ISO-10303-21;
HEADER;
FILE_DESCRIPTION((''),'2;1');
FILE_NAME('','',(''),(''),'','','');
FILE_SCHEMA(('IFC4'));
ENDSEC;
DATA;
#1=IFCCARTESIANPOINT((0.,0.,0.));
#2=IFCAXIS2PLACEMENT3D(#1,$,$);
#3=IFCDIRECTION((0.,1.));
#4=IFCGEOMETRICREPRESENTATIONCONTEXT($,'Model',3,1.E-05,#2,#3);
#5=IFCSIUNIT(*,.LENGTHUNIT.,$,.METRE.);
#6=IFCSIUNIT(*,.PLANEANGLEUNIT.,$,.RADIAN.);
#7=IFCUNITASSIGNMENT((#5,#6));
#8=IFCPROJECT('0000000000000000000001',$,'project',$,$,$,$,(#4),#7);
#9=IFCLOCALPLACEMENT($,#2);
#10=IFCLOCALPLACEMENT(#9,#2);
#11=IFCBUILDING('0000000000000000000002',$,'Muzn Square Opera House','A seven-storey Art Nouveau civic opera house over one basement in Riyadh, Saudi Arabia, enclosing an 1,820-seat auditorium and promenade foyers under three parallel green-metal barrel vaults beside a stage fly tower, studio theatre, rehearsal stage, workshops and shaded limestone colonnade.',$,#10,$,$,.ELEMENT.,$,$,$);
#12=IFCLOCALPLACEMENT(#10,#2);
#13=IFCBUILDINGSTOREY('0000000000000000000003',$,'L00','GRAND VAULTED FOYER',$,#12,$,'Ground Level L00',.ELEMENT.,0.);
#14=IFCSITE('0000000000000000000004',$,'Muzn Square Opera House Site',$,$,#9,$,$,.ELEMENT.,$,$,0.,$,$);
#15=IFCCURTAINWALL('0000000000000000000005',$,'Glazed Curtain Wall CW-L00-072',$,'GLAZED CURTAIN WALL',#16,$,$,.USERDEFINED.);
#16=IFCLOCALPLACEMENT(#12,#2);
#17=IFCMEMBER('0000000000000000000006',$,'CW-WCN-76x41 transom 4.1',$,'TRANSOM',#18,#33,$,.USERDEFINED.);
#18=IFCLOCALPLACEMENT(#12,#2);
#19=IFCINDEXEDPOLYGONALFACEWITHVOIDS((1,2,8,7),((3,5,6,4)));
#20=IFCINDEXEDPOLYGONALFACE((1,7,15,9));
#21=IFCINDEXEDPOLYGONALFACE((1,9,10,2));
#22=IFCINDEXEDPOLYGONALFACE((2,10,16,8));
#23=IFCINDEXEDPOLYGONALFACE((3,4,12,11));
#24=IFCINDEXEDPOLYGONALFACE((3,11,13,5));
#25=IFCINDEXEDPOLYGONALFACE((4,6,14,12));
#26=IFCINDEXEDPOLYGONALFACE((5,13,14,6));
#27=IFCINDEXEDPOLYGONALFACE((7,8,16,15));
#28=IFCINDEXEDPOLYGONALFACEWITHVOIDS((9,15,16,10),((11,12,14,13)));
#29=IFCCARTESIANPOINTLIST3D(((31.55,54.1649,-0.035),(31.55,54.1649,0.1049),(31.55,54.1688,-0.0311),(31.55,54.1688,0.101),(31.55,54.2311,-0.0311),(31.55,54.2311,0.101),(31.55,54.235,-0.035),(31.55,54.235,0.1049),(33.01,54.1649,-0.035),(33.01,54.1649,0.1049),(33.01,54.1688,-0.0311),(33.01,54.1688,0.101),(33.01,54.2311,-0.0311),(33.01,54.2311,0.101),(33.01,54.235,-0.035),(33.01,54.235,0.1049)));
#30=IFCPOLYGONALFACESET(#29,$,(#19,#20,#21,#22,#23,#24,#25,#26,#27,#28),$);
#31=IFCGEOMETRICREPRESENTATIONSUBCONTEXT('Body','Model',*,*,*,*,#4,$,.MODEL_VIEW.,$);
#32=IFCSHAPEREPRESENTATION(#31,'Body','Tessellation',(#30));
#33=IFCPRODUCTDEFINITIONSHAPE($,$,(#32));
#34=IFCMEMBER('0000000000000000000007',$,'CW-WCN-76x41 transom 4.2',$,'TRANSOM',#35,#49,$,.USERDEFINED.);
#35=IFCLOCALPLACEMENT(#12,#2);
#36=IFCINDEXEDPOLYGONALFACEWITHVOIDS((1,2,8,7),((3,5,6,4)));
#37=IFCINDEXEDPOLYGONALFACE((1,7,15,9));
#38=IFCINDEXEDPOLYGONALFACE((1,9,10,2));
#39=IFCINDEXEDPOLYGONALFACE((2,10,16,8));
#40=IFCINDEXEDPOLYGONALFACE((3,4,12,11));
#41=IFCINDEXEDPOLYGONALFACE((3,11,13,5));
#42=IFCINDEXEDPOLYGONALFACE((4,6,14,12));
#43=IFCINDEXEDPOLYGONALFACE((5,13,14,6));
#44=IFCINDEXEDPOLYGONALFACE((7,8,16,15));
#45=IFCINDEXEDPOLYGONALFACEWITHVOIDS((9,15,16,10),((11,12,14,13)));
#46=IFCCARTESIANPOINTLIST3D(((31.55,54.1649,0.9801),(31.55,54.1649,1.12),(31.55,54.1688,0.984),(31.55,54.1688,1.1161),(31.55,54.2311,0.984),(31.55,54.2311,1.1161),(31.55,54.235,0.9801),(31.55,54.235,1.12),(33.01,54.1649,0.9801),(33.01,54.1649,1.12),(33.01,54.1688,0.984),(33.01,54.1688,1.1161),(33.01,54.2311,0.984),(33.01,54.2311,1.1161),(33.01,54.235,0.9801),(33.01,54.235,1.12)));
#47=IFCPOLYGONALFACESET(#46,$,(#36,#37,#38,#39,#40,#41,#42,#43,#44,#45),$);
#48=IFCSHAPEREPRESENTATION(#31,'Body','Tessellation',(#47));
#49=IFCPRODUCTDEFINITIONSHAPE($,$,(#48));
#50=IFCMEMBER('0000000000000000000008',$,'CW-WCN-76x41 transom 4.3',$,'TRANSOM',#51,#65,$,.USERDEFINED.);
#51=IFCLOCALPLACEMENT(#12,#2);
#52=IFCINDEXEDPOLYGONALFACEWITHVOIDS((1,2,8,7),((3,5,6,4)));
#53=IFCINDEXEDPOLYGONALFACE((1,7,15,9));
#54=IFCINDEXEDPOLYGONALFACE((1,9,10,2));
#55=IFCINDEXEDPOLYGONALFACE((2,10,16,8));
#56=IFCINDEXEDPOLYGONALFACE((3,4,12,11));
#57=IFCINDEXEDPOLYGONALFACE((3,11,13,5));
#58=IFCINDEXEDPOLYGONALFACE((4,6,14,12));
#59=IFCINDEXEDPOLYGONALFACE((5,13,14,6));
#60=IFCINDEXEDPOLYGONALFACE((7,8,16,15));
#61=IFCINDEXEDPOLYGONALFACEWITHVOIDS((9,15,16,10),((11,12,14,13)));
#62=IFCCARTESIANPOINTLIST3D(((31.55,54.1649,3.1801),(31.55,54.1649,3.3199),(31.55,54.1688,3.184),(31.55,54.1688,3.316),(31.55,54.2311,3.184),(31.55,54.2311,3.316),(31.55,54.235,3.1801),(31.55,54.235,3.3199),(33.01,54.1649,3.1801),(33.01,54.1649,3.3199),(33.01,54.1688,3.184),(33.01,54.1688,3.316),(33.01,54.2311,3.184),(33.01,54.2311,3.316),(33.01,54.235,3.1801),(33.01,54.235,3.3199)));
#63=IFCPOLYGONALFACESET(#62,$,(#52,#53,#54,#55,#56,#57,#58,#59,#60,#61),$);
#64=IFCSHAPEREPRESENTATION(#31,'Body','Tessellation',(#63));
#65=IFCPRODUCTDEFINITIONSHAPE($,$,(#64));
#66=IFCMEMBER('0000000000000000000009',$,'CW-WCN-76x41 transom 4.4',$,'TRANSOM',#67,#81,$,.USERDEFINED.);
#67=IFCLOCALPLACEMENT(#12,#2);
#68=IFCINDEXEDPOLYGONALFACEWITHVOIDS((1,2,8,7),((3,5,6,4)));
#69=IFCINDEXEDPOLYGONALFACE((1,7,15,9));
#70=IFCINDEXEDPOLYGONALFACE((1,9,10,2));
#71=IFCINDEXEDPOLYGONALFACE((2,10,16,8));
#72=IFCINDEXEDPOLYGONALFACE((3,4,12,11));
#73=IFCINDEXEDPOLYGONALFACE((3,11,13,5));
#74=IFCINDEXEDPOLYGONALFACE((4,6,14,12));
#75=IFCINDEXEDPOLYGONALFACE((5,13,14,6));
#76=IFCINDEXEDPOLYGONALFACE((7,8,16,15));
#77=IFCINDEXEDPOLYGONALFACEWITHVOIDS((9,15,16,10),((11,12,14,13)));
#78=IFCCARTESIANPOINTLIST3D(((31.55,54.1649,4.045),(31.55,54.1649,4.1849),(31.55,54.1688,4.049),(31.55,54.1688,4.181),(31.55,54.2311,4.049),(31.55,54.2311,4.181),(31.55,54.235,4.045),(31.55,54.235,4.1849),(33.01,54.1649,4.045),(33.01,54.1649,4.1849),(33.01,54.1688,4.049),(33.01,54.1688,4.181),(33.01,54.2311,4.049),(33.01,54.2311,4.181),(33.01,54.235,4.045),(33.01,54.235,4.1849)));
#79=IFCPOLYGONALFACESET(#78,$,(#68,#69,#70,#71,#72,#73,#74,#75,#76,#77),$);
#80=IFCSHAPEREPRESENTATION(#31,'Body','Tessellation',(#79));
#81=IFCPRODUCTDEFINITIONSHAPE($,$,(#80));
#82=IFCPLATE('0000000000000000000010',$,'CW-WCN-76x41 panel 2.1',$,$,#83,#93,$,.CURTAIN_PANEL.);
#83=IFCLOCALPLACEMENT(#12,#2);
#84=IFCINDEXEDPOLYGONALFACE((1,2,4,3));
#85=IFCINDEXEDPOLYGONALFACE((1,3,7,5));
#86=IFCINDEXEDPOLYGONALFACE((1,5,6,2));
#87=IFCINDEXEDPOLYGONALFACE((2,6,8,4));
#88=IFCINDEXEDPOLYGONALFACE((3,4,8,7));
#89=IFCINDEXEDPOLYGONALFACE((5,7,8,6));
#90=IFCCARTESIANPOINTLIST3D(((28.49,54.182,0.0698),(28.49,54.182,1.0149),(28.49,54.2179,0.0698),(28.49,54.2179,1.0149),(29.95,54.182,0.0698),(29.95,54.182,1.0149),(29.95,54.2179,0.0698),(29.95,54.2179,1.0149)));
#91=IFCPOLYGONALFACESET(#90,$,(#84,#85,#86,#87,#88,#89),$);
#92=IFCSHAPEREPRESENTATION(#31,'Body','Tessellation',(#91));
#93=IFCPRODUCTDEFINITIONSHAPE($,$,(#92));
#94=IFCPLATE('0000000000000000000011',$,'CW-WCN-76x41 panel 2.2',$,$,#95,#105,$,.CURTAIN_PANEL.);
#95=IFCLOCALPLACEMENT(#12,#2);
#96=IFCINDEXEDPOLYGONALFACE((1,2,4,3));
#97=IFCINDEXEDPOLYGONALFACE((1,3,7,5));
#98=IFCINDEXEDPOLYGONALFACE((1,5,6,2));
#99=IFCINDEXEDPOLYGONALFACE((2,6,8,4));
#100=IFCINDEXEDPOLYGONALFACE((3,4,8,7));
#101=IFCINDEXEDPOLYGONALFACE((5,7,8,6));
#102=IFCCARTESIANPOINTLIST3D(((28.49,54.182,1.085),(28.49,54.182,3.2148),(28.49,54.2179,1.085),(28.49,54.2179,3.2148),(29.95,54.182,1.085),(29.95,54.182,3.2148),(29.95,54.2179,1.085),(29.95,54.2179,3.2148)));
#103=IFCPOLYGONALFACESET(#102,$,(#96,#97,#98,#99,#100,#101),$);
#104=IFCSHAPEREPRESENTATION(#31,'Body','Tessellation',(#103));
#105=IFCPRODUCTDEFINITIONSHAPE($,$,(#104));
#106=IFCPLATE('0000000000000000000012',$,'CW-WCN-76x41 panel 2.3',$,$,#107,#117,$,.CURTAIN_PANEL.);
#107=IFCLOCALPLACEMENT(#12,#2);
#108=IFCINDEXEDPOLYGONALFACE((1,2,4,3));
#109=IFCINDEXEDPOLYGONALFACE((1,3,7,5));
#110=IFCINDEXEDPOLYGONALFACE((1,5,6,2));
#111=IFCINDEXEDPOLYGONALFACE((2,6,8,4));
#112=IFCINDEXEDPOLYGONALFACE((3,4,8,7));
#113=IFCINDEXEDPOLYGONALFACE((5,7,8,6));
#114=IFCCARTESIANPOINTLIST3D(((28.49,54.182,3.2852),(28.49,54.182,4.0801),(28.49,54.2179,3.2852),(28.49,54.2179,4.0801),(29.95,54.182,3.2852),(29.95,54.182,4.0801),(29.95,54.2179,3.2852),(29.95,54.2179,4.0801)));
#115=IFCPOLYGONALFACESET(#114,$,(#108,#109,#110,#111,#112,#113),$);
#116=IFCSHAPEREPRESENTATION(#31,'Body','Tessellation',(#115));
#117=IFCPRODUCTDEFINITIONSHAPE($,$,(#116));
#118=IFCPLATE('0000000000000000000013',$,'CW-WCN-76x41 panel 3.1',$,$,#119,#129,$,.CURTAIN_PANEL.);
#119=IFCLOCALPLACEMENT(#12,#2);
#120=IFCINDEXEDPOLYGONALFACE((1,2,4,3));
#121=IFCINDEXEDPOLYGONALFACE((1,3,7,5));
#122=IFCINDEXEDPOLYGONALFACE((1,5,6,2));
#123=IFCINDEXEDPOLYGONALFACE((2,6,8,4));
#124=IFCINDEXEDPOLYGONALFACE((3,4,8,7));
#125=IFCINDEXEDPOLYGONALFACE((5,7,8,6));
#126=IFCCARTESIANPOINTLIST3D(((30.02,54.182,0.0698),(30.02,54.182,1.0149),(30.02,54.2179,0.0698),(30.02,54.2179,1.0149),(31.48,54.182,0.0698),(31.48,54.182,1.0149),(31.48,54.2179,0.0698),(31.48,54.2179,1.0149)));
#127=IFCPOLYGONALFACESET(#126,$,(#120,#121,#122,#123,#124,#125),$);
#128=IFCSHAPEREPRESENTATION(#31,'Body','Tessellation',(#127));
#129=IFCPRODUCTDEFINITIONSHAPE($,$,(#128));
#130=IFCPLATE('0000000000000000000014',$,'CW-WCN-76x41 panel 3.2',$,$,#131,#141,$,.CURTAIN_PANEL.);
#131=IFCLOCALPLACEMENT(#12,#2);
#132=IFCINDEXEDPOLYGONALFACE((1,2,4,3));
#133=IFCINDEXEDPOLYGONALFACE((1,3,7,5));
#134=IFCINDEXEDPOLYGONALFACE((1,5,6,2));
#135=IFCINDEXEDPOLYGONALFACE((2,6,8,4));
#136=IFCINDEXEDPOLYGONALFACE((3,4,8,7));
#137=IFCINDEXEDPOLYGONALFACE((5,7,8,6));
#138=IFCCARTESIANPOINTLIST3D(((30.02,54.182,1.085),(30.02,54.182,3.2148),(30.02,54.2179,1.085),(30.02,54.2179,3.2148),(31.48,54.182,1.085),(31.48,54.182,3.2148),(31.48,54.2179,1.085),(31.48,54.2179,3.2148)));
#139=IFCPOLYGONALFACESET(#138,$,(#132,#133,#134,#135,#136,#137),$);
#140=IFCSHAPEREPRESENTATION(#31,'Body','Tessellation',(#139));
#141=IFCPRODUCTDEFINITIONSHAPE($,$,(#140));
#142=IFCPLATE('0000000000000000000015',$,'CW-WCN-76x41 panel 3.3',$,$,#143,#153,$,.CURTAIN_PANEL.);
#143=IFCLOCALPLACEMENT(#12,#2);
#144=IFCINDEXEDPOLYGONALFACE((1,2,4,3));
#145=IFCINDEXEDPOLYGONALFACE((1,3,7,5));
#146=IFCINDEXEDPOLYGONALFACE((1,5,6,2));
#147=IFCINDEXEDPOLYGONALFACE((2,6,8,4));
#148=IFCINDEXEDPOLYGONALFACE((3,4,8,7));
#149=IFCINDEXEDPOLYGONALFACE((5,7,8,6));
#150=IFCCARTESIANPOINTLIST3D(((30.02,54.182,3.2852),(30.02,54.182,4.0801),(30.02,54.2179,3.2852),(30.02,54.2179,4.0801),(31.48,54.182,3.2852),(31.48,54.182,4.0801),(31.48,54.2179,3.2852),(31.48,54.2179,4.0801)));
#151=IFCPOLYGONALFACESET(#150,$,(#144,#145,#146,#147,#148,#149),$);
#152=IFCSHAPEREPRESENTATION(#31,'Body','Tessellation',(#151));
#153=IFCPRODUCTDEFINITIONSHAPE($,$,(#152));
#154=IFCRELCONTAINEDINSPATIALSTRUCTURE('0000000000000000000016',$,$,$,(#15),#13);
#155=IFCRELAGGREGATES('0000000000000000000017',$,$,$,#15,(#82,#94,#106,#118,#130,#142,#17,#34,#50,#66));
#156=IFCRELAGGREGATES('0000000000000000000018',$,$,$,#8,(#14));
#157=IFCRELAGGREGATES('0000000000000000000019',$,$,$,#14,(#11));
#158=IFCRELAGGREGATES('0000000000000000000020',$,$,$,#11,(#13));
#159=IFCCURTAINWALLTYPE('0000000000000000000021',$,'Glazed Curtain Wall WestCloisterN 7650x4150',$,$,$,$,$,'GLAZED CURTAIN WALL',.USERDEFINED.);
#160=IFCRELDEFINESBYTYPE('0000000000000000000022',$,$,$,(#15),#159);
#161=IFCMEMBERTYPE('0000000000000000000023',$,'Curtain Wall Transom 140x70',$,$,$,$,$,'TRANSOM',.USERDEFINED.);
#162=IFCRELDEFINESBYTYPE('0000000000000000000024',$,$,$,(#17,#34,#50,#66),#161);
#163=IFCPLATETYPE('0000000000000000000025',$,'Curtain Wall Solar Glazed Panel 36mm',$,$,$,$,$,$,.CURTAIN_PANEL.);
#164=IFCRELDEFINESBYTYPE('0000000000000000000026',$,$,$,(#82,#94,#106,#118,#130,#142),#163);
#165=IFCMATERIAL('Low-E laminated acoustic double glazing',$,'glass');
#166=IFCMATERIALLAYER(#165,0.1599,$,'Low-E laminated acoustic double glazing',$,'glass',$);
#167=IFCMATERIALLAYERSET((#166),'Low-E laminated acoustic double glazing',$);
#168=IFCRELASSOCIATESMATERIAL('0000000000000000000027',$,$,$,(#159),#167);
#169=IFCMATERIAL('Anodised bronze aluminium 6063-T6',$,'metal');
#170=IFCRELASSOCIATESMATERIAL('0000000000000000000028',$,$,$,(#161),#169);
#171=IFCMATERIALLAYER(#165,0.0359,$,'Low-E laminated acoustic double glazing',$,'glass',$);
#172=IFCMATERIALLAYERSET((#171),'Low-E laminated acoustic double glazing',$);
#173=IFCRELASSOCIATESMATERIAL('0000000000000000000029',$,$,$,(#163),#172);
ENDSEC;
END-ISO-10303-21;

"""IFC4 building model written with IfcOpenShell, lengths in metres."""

from ifc_helpers import new_model, si_unit, direction, frame, origin, origin_2d, place, context, subcontext, project, spatial, rectangle, hollow_rectangle, extrude, material, layer, layer_set, material_profile, profile_set, type_object, element, aggregate, save


model = new_model("IFC4")

# Units and contexts
model_context = context("Model", 3, precision=1e-05, world=origin(), true_north=direction((0.0, 1.0)))
body_context = subcontext(model_context, "Body", "Model", "MODEL_VIEW")
ifc_project = project(units=[si_unit("LENGTHUNIT", "METRE"), si_unit("PLANEANGLEUNIT", "RADIAN")], contexts=[model_context])

# Site, building, storey
site_placement = place(None, origin())
site = spatial("IfcSite", under=ifc_project, at=site_placement, Name="Muzn Square Opera House Site", CompositionType="ELEMENT", RefElevation=0.0)
building_placement = place(site_placement, origin())
building = spatial("IfcBuilding", under=site, at=building_placement, Name="Muzn Square Opera House", Description="A seven-storey Art Nouveau civic opera house over one basement in Riyadh, Saudi Arabia, enclosing an 1,820-seat auditorium and promenade foyers under three parallel green-metal barrel vaults beside a stage fly tower, studio theatre, rehearsal stage, workshops and shaded limestone colonnade.", CompositionType="ELEMENT")
storey_placement = place(building_placement, origin())
storey = spatial("IfcBuildingStorey", under=building, at=storey_placement, Name="L00", Description="GRAND VAULTED FOYER", LongName="Ground Level L00", CompositionType="ELEMENT", Elevation=0.0)

# Curtain wall, members, plates
ifc_material_1 = material(Name="Low-E laminated acoustic double glazing", Category="glass")
ifc_layer_1 = layer(ifc_material_1, 0.1599, Name="Low-E laminated acoustic double glazing", Category="glass")
ifc_layer_set_1 = layer_set([ifc_layer_1], Name="Low-E laminated acoustic double glazing")
curtain_wall_type = type_object("IfcCurtainWallType", Name="Glazed Curtain Wall WestCloisterN 7650x4150", ElementType="GLAZED CURTAIN WALL", PredefinedType="USERDEFINED", material=ifc_layer_set_1)
curtain_wall_placement = place(storey_placement, origin())
curtain_wall = element("IfcCurtainWall", 1, at=curtain_wall_placement, inside=storey, type_object=curtain_wall_type, Name="Glazed Curtain Wall CW-L00-072", ObjectType="GLAZED CURTAIN WALL", PredefinedType="USERDEFINED")
ifc_material_2 = material(Name="Anodised bronze aluminium 6063-T6", Category="metal")
ifc_material_profile_1 = material_profile(ifc_material_2, hollow_rectangle(XDim=0.0701, YDim=0.1399, WallThickness=0.0039, at=origin_2d()), Name="ALU 140x70x4", Category="metal")
ifc_profile_set_1 = profile_set([ifc_material_profile_1], Name="Anodised bronze aluminium 6063-T6")
member_type_1 = type_object("IfcMemberType", Name="Curtain Wall Transom 140x70", ElementType="TRANSOM", PredefinedType="USERDEFINED", material=ifc_profile_set_1)
member_1_placement = place(storey_placement, frame((31.55, 54.2, 0.0349), z_axis=(1.0, 0.0, 0.0), x_axis=(0.0, 1.0, 0.0)))
member_1 = element("IfcMember", 2, at=member_1_placement, type_object=member_type_1, Name="CW-WCN-76x41 transom 4.1", ObjectType="TRANSOM", PredefinedType="USERDEFINED", context=body_context, shape_type="SweptSolid", body=[
    extrude(hollow_rectangle(XDim=0.0701, YDim=0.1399, WallThickness=0.0039, at=origin_2d()), origin(), (0.0, 0.0, 1.0), 1.46),
])
member_2_placement = place(storey_placement, frame((31.55, 54.2, 1.05), z_axis=(1.0, 0.0, 0.0), x_axis=(0.0, 1.0, 0.0)))
member_2 = element("IfcMember", 3, at=member_2_placement, type_object=member_type_1, Name="CW-WCN-76x41 transom 4.2", ObjectType="TRANSOM", PredefinedType="USERDEFINED", context=body_context, shape_type="SweptSolid", body=[
    extrude(hollow_rectangle(XDim=0.0701, YDim=0.1399, WallThickness=0.0039, at=origin_2d()), origin(), (0.0, 0.0, 1.0), 1.46),
])
member_3_placement = place(storey_placement, frame((31.55, 54.2, 3.25), z_axis=(1.0, 0.0, 0.0), x_axis=(0.0, 1.0, 0.0)))
member_3 = element("IfcMember", 4, at=member_3_placement, type_object=member_type_1, Name="CW-WCN-76x41 transom 4.3", ObjectType="TRANSOM", PredefinedType="USERDEFINED", context=body_context, shape_type="SweptSolid", body=[
    extrude(hollow_rectangle(XDim=0.0701, YDim=0.1399, WallThickness=0.0039, at=origin_2d()), origin(), (0.0, 0.0, 1.0), 1.46),
])
member_4_placement = place(storey_placement, frame((31.55, 54.2, 4.115), z_axis=(1.0, 0.0, 0.0), x_axis=(0.0, 1.0, 0.0)))
member_4 = element("IfcMember", 5, at=member_4_placement, type_object=member_type_1, Name="CW-WCN-76x41 transom 4.4", ObjectType="TRANSOM", PredefinedType="USERDEFINED", context=body_context, shape_type="SweptSolid", body=[
    extrude(hollow_rectangle(XDim=0.0701, YDim=0.1399, WallThickness=0.0039, at=origin_2d()), origin(), (0.0, 0.0, 1.0), 1.46),
])
ifc_layer_2 = layer(ifc_material_1, 0.0359, Name="Low-E laminated acoustic double glazing", Category="glass")
ifc_layer_set_2 = layer_set([ifc_layer_2], Name="Low-E laminated acoustic double glazing")
plate_type = type_object("IfcPlateType", Name="Curtain Wall Solar Glazed Panel 36mm", PredefinedType="CURTAIN_PANEL", material=ifc_layer_set_2)
plate_1_placement = place(storey_placement, frame((29.22, 54.2, 0.0698), z_axis=(0.0, 0.0, 1.0), x_axis=(1.0, 0.0, 0.0)))
plate_1 = element("IfcPlate", 6, at=plate_1_placement, type_object=plate_type, Name="CW-WCN-76x41 panel 2.1", PredefinedType="CURTAIN_PANEL", context=body_context, shape_type="SweptSolid", body=[
    extrude(rectangle(XDim=1.46, YDim=0.0359, at=origin_2d()), origin(), (0.0, 0.0, 1.0), 0.9451),
])
plate_2_placement = place(storey_placement, frame((29.22, 54.2, 1.085), z_axis=(0.0, 0.0, 1.0), x_axis=(1.0, 0.0, 0.0)))
plate_2 = element("IfcPlate", 7, at=plate_2_placement, type_object=plate_type, Name="CW-WCN-76x41 panel 2.2", PredefinedType="CURTAIN_PANEL", context=body_context, shape_type="SweptSolid", body=[
    extrude(rectangle(XDim=1.46, YDim=0.0359, at=origin_2d()), origin(), (0.0, 0.0, 1.0), 2.1299),
])
plate_3_placement = place(storey_placement, frame((29.22, 54.2, 3.2852), z_axis=(0.0, 0.0, 1.0), x_axis=(1.0, 0.0, 0.0)))
plate_3 = element("IfcPlate", 8, at=plate_3_placement, type_object=plate_type, Name="CW-WCN-76x41 panel 2.3", PredefinedType="CURTAIN_PANEL", context=body_context, shape_type="SweptSolid", body=[
    extrude(rectangle(XDim=1.46, YDim=0.0359, at=origin_2d()), origin(), (0.0, 0.0, 1.0), 0.7949),
])
plate_4_placement = place(storey_placement, frame((30.75, 54.2, 0.0698), z_axis=(0.0, 0.0, 1.0), x_axis=(1.0, 0.0, 0.0)))
plate_4 = element("IfcPlate", 9, at=plate_4_placement, type_object=plate_type, Name="CW-WCN-76x41 panel 3.1", PredefinedType="CURTAIN_PANEL", context=body_context, shape_type="SweptSolid", body=[
    extrude(rectangle(XDim=1.46, YDim=0.0359, at=origin_2d()), origin(), (0.0, 0.0, 1.0), 0.9451),
])
plate_5_placement = place(storey_placement, frame((30.75, 54.2, 1.085), z_axis=(0.0, 0.0, 1.0), x_axis=(1.0, 0.0, 0.0)))
plate_5 = element("IfcPlate", 10, at=plate_5_placement, type_object=plate_type, Name="CW-WCN-76x41 panel 3.2", PredefinedType="CURTAIN_PANEL", context=body_context, shape_type="SweptSolid", body=[
    extrude(rectangle(XDim=1.46, YDim=0.0359, at=origin_2d()), origin(), (0.0, 0.0, 1.0), 2.1299),
])
plate_6_placement = place(storey_placement, frame((30.75, 54.2, 3.2852), z_axis=(0.0, 0.0, 1.0), x_axis=(1.0, 0.0, 0.0)))
plate_6 = element("IfcPlate", 11, at=plate_6_placement, type_object=plate_type, Name="CW-WCN-76x41 panel 3.3", PredefinedType="CURTAIN_PANEL", context=body_context, shape_type="SweptSolid", body=[
    extrude(rectangle(XDim=1.46, YDim=0.0359, at=origin_2d()), origin(), (0.0, 0.0, 1.0), 0.7949),
])
aggregate(curtain_wall, [plate_1, plate_2, plate_3, plate_4, plate_5, plate_6, member_1, member_2, member_3, member_4])

save(model, "model.ifc")
